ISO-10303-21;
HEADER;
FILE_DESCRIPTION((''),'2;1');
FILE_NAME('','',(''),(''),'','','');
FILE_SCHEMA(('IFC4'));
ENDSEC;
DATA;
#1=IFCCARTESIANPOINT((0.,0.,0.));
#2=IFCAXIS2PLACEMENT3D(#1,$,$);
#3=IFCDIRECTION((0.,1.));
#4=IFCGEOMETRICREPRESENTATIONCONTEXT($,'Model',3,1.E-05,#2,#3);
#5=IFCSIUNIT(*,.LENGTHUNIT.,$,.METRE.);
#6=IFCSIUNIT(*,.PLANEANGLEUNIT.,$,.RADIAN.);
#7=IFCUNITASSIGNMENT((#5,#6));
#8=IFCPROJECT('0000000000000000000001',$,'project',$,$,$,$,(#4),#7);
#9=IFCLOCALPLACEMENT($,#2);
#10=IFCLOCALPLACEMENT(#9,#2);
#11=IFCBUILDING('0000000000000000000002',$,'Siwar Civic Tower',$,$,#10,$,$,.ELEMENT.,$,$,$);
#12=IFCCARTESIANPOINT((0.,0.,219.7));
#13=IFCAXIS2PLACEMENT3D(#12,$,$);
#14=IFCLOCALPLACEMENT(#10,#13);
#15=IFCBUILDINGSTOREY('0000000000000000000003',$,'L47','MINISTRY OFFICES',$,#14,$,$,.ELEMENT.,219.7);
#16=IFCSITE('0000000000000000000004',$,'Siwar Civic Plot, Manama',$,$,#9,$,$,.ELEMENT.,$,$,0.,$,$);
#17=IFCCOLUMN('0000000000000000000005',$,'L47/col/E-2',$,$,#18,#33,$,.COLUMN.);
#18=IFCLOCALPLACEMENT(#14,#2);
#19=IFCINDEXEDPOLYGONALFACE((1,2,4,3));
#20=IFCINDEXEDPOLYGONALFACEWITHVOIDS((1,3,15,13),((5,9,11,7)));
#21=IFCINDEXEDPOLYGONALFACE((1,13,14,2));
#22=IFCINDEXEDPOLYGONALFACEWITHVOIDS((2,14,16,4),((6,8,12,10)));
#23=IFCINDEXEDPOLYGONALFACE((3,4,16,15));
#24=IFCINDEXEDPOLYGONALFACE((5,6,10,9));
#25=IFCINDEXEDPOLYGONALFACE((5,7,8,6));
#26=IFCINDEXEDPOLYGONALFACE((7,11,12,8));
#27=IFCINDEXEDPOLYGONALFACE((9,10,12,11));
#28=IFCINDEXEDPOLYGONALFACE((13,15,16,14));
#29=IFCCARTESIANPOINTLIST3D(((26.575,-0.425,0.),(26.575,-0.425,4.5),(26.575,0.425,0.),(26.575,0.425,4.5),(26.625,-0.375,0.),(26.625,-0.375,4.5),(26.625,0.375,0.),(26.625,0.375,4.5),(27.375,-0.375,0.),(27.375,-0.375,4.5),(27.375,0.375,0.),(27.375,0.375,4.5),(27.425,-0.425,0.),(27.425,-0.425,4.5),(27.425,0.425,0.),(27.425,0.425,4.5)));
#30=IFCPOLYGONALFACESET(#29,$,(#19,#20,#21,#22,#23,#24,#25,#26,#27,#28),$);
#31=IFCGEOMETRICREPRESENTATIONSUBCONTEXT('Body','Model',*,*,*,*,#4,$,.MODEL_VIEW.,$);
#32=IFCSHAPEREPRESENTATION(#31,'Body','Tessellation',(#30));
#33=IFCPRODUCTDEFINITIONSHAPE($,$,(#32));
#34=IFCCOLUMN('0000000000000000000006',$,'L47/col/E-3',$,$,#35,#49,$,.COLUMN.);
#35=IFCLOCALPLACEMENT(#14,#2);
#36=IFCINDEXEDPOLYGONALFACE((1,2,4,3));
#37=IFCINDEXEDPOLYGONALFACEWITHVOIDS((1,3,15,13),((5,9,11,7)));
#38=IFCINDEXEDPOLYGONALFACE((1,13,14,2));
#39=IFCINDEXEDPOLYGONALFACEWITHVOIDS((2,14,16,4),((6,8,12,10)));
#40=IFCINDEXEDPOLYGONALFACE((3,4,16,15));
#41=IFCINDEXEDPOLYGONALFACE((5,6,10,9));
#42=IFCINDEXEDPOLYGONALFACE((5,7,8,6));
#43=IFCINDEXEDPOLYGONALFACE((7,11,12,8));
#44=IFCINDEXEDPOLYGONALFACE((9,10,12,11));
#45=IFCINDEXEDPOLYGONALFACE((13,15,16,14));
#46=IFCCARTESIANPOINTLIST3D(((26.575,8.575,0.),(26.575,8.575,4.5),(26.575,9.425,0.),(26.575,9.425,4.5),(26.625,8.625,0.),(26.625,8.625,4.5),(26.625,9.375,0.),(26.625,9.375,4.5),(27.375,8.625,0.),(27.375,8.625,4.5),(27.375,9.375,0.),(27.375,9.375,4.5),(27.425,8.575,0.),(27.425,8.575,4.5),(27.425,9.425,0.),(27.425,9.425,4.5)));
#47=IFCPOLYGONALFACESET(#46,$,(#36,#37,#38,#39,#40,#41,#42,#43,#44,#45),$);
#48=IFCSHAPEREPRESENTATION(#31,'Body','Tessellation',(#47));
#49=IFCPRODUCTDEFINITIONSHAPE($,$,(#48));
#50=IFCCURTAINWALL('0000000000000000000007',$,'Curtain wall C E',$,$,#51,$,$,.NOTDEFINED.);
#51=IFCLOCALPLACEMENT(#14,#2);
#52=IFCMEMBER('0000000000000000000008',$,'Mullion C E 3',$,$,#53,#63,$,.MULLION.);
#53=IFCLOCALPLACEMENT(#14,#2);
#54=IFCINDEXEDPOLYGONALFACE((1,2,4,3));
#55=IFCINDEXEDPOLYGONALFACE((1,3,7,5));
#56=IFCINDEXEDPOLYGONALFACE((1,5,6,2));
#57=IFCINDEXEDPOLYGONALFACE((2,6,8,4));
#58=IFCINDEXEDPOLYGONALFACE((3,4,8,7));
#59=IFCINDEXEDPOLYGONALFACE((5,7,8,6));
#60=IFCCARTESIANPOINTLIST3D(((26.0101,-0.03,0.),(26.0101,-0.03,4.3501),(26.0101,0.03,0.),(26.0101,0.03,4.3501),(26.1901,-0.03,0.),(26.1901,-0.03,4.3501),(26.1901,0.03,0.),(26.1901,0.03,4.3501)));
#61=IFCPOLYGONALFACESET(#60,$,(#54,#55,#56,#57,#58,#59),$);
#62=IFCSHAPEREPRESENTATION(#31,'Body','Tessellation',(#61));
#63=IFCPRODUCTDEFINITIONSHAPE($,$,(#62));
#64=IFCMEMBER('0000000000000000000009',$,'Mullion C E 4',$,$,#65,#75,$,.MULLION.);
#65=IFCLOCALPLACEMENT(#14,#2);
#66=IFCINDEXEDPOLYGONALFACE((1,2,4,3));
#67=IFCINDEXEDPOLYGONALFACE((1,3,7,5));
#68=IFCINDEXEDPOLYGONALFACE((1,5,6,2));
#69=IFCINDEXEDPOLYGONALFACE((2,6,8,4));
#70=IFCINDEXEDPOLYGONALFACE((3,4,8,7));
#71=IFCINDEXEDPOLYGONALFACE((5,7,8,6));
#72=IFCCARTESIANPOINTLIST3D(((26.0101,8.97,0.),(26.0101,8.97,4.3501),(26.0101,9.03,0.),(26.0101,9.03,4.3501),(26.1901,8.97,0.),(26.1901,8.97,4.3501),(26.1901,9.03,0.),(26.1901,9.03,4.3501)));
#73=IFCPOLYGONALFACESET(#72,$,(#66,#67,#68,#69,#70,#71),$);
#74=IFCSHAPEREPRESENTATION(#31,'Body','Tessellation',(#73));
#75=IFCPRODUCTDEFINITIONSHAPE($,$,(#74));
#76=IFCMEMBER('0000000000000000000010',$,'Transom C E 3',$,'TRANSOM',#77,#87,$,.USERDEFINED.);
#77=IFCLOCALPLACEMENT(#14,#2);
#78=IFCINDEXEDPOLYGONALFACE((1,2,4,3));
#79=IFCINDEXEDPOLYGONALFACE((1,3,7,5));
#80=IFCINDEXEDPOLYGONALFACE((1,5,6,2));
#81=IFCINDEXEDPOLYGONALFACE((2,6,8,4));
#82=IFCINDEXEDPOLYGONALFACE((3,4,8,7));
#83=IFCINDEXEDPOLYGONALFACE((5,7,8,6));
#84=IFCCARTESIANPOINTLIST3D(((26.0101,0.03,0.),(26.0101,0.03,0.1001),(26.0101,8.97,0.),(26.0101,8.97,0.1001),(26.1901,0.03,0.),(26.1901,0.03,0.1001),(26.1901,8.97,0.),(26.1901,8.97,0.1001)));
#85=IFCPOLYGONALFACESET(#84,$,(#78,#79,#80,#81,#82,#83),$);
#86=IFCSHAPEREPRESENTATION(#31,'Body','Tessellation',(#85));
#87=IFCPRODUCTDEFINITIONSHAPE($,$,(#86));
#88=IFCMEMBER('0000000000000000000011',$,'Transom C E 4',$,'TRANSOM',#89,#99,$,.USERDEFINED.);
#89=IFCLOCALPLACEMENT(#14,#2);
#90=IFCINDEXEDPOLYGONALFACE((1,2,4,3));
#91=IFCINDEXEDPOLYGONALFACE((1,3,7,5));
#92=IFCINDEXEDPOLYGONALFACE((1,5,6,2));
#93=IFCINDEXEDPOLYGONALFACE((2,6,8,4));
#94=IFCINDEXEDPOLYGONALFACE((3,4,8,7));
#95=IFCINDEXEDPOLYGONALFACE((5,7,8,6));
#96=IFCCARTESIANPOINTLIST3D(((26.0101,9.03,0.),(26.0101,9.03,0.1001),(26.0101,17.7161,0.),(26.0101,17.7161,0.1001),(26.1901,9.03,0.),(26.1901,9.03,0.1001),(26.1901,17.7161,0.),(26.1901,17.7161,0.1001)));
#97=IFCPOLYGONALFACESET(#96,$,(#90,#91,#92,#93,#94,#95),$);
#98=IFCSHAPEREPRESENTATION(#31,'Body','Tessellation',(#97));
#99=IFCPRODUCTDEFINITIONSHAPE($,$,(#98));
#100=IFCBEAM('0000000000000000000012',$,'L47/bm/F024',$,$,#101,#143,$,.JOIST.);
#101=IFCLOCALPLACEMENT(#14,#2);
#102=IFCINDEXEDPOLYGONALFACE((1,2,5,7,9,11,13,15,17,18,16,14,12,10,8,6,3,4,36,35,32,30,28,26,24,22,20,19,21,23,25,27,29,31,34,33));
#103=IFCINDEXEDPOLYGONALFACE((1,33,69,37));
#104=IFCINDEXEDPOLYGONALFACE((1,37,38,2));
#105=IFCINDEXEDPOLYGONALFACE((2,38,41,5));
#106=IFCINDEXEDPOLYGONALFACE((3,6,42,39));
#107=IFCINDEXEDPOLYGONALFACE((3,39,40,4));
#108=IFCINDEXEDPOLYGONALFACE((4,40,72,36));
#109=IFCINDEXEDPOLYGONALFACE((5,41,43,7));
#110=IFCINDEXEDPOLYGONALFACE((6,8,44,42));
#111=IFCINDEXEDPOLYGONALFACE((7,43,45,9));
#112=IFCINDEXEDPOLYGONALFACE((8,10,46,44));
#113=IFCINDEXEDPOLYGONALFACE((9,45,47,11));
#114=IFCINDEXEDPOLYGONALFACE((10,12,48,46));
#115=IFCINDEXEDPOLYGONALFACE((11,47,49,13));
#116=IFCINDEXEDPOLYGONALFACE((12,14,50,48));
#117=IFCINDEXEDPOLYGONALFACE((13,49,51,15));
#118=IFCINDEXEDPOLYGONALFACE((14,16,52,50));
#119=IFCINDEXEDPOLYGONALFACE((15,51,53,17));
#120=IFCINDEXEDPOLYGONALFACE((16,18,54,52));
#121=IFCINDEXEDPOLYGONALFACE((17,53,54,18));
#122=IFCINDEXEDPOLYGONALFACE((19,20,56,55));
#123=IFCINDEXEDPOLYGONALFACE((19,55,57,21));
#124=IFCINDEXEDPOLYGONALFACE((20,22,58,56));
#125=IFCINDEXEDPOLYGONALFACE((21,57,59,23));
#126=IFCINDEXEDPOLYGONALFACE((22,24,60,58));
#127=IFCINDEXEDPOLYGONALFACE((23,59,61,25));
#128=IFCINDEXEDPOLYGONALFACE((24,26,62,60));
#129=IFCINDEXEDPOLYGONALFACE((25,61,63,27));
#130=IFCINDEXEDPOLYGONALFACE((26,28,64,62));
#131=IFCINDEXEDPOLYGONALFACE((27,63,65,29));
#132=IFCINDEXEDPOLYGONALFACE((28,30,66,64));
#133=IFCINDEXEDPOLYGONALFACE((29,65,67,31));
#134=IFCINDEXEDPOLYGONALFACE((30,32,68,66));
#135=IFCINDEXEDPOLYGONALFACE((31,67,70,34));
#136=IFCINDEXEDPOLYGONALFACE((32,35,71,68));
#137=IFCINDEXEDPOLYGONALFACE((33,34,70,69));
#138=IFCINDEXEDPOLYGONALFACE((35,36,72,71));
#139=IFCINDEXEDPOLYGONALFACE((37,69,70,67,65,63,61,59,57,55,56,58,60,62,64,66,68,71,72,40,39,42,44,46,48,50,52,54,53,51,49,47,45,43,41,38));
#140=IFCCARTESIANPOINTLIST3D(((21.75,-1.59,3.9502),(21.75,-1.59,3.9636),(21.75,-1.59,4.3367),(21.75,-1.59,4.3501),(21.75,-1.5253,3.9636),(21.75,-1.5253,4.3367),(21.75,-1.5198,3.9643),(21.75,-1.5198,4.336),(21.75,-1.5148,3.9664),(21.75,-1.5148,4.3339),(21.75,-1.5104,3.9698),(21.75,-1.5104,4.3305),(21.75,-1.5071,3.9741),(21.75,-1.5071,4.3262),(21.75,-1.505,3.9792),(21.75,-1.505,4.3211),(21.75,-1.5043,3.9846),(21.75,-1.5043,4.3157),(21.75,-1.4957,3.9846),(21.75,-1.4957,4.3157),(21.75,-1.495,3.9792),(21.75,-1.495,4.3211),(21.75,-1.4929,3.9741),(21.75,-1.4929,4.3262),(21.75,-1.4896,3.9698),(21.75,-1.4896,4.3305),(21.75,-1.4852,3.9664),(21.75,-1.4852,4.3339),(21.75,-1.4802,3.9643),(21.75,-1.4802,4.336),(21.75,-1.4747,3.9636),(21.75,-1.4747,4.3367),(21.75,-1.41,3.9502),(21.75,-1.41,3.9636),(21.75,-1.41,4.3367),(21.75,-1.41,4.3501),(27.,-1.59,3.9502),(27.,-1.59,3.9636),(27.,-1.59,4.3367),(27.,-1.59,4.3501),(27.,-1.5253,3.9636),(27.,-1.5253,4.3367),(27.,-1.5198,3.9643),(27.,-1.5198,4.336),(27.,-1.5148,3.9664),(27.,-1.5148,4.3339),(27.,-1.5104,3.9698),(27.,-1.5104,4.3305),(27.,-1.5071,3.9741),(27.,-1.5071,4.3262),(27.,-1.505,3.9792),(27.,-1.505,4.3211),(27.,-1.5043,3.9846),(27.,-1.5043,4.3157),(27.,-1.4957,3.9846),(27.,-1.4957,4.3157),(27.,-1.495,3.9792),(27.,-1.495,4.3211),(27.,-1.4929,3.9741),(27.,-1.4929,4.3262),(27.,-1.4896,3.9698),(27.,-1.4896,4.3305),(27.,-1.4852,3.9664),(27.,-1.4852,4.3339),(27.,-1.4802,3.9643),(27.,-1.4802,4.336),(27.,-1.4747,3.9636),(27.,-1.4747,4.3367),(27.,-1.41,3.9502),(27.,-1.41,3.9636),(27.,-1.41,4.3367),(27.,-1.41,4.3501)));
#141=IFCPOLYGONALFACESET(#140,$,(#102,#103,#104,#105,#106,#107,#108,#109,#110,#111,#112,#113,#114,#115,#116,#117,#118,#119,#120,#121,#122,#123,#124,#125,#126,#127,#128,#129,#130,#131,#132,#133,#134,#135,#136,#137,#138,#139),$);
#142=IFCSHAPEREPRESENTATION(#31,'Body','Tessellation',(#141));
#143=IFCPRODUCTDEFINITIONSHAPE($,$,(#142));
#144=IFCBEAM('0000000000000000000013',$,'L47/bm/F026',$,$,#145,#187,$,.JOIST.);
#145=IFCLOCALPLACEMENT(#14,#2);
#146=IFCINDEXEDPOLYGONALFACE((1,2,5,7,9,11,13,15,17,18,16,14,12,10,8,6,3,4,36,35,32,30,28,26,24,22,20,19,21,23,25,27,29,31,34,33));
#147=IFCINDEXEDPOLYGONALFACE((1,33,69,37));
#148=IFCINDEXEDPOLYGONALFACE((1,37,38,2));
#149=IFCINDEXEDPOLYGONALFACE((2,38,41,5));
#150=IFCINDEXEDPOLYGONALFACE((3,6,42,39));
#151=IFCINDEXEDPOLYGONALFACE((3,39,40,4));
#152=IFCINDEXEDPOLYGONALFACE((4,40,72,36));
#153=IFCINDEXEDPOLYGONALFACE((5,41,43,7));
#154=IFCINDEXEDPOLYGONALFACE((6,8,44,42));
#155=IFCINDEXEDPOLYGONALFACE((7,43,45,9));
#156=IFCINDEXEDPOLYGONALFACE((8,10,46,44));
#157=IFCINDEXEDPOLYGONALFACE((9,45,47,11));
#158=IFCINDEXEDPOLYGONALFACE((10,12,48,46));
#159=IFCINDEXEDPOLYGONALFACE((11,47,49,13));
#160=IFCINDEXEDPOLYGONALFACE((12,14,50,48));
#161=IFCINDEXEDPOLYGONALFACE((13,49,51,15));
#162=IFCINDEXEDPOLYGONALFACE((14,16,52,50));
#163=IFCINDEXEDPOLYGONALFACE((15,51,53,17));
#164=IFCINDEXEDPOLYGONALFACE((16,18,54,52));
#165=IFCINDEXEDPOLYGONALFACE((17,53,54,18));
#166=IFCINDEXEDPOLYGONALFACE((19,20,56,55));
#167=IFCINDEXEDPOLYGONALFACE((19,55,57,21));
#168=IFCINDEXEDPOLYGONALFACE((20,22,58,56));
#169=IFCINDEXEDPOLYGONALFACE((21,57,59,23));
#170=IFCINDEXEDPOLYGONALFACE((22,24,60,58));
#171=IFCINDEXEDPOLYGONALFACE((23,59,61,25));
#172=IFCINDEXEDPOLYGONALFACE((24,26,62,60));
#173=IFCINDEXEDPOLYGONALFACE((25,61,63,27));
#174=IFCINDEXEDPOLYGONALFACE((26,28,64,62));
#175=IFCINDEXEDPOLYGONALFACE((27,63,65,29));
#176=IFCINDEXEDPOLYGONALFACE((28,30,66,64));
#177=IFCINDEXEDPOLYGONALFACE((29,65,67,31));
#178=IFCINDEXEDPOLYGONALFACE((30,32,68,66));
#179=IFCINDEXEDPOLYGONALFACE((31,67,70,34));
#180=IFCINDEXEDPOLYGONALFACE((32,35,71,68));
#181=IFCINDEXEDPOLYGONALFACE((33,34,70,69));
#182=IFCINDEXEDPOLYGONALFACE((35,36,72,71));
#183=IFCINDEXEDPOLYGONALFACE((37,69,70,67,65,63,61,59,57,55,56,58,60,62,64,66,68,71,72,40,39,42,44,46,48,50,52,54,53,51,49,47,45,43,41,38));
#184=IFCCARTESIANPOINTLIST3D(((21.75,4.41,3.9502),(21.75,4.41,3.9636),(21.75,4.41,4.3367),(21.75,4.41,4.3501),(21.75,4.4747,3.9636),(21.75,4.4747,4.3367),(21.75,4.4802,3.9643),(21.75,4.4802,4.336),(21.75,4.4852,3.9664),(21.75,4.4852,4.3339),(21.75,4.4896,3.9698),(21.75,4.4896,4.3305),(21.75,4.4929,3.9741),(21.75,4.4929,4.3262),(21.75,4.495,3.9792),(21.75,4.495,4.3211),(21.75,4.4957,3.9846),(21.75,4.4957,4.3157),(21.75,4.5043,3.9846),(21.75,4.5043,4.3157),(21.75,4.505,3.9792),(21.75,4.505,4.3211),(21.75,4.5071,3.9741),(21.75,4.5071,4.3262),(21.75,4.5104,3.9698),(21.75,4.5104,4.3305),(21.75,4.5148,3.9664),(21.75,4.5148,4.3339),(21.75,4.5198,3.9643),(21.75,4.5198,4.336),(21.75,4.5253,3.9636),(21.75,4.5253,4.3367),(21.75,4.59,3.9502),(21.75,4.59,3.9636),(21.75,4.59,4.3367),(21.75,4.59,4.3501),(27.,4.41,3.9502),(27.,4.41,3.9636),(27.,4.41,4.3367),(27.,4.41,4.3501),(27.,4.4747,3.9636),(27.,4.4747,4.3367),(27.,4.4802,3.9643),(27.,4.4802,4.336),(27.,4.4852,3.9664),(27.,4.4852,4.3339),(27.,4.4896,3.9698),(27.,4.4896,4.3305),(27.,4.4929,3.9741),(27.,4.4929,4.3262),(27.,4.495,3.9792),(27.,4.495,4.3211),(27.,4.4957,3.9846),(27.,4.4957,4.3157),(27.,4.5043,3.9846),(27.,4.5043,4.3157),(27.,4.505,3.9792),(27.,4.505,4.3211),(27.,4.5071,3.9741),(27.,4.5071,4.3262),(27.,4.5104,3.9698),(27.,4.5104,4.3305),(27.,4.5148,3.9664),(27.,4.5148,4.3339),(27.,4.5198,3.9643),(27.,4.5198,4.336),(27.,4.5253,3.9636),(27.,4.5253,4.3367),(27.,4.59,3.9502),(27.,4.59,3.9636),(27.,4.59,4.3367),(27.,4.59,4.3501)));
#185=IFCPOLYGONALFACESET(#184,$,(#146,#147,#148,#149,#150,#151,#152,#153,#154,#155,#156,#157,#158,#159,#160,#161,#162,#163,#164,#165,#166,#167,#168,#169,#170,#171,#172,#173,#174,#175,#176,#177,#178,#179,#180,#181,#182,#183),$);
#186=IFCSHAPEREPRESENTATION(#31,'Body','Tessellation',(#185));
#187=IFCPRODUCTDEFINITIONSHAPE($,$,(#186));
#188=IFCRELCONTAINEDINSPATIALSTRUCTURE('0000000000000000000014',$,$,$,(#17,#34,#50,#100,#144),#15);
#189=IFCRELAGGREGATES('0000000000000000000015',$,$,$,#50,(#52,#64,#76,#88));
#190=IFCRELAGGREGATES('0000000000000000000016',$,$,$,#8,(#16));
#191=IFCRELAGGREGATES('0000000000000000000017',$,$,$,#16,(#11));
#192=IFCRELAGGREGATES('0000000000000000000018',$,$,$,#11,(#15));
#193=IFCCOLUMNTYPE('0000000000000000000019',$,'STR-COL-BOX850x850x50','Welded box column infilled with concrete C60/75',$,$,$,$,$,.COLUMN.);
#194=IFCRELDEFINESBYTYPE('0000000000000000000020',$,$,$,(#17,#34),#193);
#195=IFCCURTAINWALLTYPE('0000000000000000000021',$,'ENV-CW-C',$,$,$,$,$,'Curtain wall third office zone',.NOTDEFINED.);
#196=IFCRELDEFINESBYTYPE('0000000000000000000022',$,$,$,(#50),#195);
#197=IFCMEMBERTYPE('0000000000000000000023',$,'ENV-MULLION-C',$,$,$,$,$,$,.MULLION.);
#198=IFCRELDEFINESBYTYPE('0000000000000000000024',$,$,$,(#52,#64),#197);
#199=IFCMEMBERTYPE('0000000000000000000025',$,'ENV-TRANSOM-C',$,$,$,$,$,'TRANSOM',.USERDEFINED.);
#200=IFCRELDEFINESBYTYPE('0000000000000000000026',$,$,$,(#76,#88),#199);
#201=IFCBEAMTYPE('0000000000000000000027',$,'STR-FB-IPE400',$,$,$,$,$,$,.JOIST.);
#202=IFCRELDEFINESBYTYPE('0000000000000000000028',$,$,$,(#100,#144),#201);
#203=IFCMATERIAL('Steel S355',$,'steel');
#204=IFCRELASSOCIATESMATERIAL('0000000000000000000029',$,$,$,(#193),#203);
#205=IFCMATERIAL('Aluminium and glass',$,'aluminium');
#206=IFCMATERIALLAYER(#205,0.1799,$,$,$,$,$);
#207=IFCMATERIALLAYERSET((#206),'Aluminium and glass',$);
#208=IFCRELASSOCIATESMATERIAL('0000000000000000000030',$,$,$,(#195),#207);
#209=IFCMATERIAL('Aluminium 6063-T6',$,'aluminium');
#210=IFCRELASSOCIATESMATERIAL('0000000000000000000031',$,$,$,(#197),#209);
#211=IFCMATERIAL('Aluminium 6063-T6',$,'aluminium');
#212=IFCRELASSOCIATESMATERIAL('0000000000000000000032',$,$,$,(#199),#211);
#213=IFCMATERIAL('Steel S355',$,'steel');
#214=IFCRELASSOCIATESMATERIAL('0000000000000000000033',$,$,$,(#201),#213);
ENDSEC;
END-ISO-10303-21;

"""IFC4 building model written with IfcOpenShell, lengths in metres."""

from ifc_helpers import new_model, si_unit, direction, frame, origin, origin_2d, place, context, subcontext, project, spatial, rectangle, hollow_rectangle, i_section, extrude, material, layer, layer_set, material_profile, profile_set, type_object, element, aggregate, save


model = new_model("IFC4")

# Units and contexts
model_context = context("Model", 3, precision=1e-05, world=origin(), true_north=direction((0.0, 1.0)))
body_context = subcontext(model_context, "Body", "Model", "MODEL_VIEW")
ifc_project = project(units=[si_unit("LENGTHUNIT", "METRE"), si_unit("PLANEANGLEUNIT", "RADIAN")], contexts=[model_context])

# Site, building, storey
site_placement = place(None, origin())
site = spatial("IfcSite", under=ifc_project, at=site_placement, Name="Siwar Civic Plot, Manama", CompositionType="ELEMENT", RefElevation=0.0)
building_placement = place(site_placement, origin())
building = spatial("IfcBuilding", under=site, at=building_placement, Name="Siwar Civic Tower", CompositionType="ELEMENT")
storey_placement = place(building_placement, frame((0.0, 0.0, 219.7)))
storey = spatial("IfcBuildingStorey", under=building, at=storey_placement, Name="L47", Description="MINISTRY OFFICES", CompositionType="ELEMENT", Elevation=219.7)

# Columns
ifc_material_1 = material(Name="Steel S355", Category="steel")
ifc_material_profile_1 = material_profile(ifc_material_1, hollow_rectangle(XDim=0.8501, YDim=0.8501, WallThickness=0.05, at=origin_2d()), Name="BOX850x850x50")
ifc_profile_set_1 = profile_set([ifc_material_profile_1], Name="Steel S355")
column_type = type_object("IfcColumnType", Name="STR-COL-BOX850x850x50", Description="Welded box column infilled with concrete C60/75", PredefinedType="COLUMN", material=ifc_profile_set_1)
for number, where, z_axis, x_axis, name in (
    (1, (27.0, 0.0, 0.0), (0.0, 0.0, 1.0), (1.0, 0.0, 0.0), "L47/col/E-2"),
    (2, (27.0, 9.0, 0.0), (0.0, 0.0, 1.0), (1.0, 0.0, 0.0), "L47/col/E-3"),
):
    element("IfcColumn", number, at=place(storey_placement, frame(where, z_axis=z_axis, x_axis=x_axis)), inside=storey, type_object=column_type, Name=name, PredefinedType="COLUMN", context=body_context, shape_type="SweptSolid", body=[
        extrude(hollow_rectangle(XDim=0.8501, YDim=0.8501, WallThickness=0.05, at=origin_2d()), origin(), (0.0, 0.0, 1.0), 4.5),
    ])

# Curtain wall, members
ifc_material_2 = material(Name="Aluminium and glass", Category="aluminium")
ifc_layer_1 = layer(ifc_material_2, 0.1799)
ifc_layer_set_1 = layer_set([ifc_layer_1], Name="Aluminium and glass")
curtain_wall_type = type_object("IfcCurtainWallType", Name="ENV-CW-C", ElementType="Curtain wall third office zone", PredefinedType="NOTDEFINED", material=ifc_layer_set_1)
curtain_wall_placement = place(storey_placement, origin())
curtain_wall = element("IfcCurtainWall", 3, at=curtain_wall_placement, inside=storey, type_object=curtain_wall_type, Name="Curtain wall C E", PredefinedType="NOTDEFINED")
ifc_material_3 = material(Name="Aluminium 6063-T6", Category="aluminium")
ifc_material_profile_2 = material_profile(ifc_material_3, rectangle(XDim=0.1799, YDim=0.0601, at=origin_2d()), Name="AL 180x60")
ifc_profile_set_2 = profile_set([ifc_material_profile_2], Name="Aluminium 6063-T6")
member_type_1 = type_object("IfcMemberType", Name="ENV-MULLION-C", PredefinedType="MULLION", material=ifc_profile_set_2)
member_1_placement = place(storey_placement, frame((26.1001, 0.0, 0.0), z_axis=(0.0, 0.0, 1.0), x_axis=(-1.0, 0.0, 0.0)))
member_1 = element("IfcMember", 4, at=member_1_placement, type_object=member_type_1, Name="Mullion C E 3", PredefinedType="MULLION", context=body_context, shape_type="SweptSolid", body=[
    extrude(rectangle(XDim=0.1799, YDim=0.0601, at=origin_2d()), origin(), (0.0, 0.0, 1.0), 4.3501),
])
member_2_placement = place(storey_placement, frame((26.1001, 9.0, 0.0), z_axis=(0.0, 0.0, 1.0), x_axis=(-1.0, 0.0, 0.0)))
member_2 = element("IfcMember", 5, at=member_2_placement, type_object=member_type_1, Name="Mullion C E 4", PredefinedType="MULLION", context=body_context, shape_type="SweptSolid", body=[
    extrude(rectangle(XDim=0.1799, YDim=0.0601, at=origin_2d()), origin(), (0.0, 0.0, 1.0), 4.3501),
])
ifc_material_4 = material(Name="Aluminium 6063-T6", Category="aluminium")
ifc_material_profile_3 = material_profile(ifc_material_4, rectangle(XDim=0.1799, YDim=0.1001, at=origin_2d()), Name="AL 180x100")
ifc_profile_set_3 = profile_set([ifc_material_profile_3], Name="Aluminium 6063-T6")
member_type_2 = type_object("IfcMemberType", Name="ENV-TRANSOM-C", ElementType="TRANSOM", PredefinedType="USERDEFINED", material=ifc_profile_set_3)
member_3_placement = place(storey_placement, frame((26.1001, 0.03, 0.05), z_axis=(0.0, 1.0, 0.0), x_axis=(-1.0, 0.0, 0.0)))
member_3 = element("IfcMember", 6, at=member_3_placement, type_object=member_type_2, Name="Transom C E 3", ObjectType="TRANSOM", PredefinedType="USERDEFINED", context=body_context, shape_type="SweptSolid", body=[
    extrude(rectangle(XDim=0.1799, YDim=0.1001, at=origin_2d()), origin(), (0.0, 0.0, 1.0), 8.9399),
])
member_4_placement = place(storey_placement, frame((26.1001, 9.03, 0.05), z_axis=(0.0, 1.0, 0.0), x_axis=(-1.0, 0.0, 0.0)))
member_4 = element("IfcMember", 7, at=member_4_placement, type_object=member_type_2, Name="Transom C E 4", ObjectType="TRANSOM", PredefinedType="USERDEFINED", context=body_context, shape_type="SweptSolid", body=[
    extrude(rectangle(XDim=0.1799, YDim=0.1001, at=origin_2d()), origin(), (0.0, 0.0, 1.0), 8.686),
])

# Beams
ifc_material_5 = material(Name="Steel S355", Category="steel")
ifc_material_profile_4 = material_profile(ifc_material_5, i_section(OverallWidth=0.1799, OverallDepth=0.3999, WebThickness=0.0085, FlangeThickness=0.0134, FilletRadius=0.021, at=origin_2d()), Name="IPE400")
ifc_profile_set_4 = profile_set([ifc_material_profile_4], Name="Steel S355")
beam_type_1 = type_object("IfcBeamType", Name="STR-FB-IPE400", PredefinedType="JOIST", material=ifc_profile_set_4)
for number, where, z_axis, x_axis, name in (
    (8, (21.75, -1.5, 4.1501), (1.0, 0.0, 0.0), (0.0, 1.0, 0.0), "L47/bm/F024"),
    (9, (21.75, 4.5, 4.1501), (1.0, 0.0, 0.0), (0.0, 1.0, 0.0), "L47/bm/F026"),
):
    element("IfcBeam", number, at=place(storey_placement, frame(where, z_axis=z_axis, x_axis=x_axis)), inside=storey, type_object=beam_type_1, Name=name, PredefinedType="JOIST", context=body_context, shape_type="SweptSolid", body=[
        extrude(i_section(OverallWidth=0.1799, OverallDepth=0.3999, WebThickness=0.0085, FlangeThickness=0.0134, FilletRadius=0.021, at=origin_2d()), origin(), (0.0, 0.0, 1.0), 5.25),
    ])

aggregate(curtain_wall, [member_1, member_2, member_3, member_4])

save(model, "model.ifc")
